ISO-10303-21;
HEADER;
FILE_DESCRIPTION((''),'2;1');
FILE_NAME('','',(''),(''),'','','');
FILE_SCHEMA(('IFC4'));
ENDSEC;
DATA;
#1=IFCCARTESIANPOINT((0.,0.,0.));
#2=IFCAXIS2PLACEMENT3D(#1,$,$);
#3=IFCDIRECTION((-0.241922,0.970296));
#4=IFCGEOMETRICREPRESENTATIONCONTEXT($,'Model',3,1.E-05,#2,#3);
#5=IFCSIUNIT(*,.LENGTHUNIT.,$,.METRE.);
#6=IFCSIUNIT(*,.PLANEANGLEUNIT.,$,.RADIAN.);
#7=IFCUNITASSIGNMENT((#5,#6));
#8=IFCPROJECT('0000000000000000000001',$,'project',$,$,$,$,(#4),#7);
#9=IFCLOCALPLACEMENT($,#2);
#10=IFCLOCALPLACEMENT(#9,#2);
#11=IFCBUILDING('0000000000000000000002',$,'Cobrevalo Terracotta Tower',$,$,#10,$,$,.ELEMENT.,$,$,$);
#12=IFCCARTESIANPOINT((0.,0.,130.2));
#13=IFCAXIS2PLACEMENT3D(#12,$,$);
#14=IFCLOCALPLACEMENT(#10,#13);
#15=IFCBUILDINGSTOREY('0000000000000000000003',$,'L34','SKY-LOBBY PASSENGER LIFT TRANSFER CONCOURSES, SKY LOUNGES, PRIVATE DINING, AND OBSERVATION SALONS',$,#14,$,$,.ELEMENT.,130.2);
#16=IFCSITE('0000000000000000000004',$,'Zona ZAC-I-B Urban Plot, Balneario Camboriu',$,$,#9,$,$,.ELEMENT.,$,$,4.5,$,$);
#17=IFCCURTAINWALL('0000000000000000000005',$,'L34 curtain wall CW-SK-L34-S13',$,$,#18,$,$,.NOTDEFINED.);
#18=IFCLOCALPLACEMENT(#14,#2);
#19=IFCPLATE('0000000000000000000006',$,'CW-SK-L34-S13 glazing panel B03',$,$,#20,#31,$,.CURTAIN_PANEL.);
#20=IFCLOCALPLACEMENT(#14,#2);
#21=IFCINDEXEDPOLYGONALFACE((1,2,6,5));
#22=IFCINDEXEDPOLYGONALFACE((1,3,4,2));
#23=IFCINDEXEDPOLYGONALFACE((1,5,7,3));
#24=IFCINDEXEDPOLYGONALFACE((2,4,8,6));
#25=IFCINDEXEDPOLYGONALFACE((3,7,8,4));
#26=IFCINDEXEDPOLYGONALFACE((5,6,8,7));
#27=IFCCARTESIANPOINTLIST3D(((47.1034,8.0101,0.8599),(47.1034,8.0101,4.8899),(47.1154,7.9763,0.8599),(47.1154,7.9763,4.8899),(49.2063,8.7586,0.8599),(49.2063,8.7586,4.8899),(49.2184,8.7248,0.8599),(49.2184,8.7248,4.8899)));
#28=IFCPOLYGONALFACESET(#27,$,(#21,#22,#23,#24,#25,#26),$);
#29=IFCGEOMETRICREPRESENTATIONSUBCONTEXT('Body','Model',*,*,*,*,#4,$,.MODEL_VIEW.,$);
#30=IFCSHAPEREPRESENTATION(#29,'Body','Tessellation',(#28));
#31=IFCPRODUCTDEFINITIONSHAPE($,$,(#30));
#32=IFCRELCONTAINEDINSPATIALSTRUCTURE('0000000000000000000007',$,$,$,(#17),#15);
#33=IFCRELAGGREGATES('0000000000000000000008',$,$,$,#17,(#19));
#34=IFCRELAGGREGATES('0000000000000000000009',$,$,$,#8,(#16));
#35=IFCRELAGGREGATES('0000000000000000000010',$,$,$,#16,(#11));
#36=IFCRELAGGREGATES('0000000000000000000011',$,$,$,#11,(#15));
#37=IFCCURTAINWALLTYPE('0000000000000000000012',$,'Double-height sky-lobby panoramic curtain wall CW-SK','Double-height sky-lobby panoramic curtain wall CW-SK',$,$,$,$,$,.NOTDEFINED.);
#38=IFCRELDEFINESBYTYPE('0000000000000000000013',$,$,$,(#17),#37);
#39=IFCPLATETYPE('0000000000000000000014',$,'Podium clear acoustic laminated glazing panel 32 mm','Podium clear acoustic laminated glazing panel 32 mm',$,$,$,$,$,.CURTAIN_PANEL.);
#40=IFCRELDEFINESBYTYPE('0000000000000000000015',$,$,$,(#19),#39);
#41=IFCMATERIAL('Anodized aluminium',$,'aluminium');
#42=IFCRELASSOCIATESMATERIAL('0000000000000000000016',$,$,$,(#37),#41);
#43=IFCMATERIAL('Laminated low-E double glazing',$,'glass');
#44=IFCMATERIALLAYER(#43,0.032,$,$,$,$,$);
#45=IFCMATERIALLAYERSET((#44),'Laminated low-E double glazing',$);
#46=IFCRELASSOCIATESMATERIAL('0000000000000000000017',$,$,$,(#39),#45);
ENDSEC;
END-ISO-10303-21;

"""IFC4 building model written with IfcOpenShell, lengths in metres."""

from ifc_helpers import new_model, si_unit, direction, frame, origin, origin_2d, place, context, subcontext, project, spatial, rectangle, extrude, source, transform, mapped, material, layer, layer_set, type_object, element, aggregate, save


model = new_model("IFC4")

# Units and contexts
model_context = context("Model", 3, precision=1e-05, world=origin(), true_north=direction((-0.241922, 0.970296)))
body_context = subcontext(model_context, "Body", "Model", "MODEL_VIEW")
ifc_project = project(units=[si_unit("LENGTHUNIT", "METRE"), si_unit("PLANEANGLEUNIT", "RADIAN")], contexts=[model_context])

# Site, building, storey
site_placement = place(None, origin())
site = spatial("IfcSite", under=ifc_project, at=site_placement, Name="Zona ZAC-I-B Urban Plot, Balneario Camboriu", CompositionType="ELEMENT", RefElevation=4.5)
building_placement = place(site_placement, origin())
building = spatial("IfcBuilding", under=site, at=building_placement, Name="Cobrevalo Terracotta Tower", CompositionType="ELEMENT")
storey_placement = place(building_placement, frame((0.0, 0.0, 130.2)))
storey = spatial("IfcBuildingStorey", under=building, at=storey_placement, Name="L34", Description="SKY-LOBBY PASSENGER LIFT TRANSFER CONCOURSES, SKY LOUNGES, PRIVATE DINING, AND OBSERVATION SALONS", CompositionType="ELEMENT", Elevation=130.2)

# Curtain wall, plate
ifc_material_1 = material(Name="Anodized aluminium", Category="aluminium")
curtain_wall_type = type_object("IfcCurtainWallType", Name="Double-height sky-lobby panoramic curtain wall CW-SK", Description="Double-height sky-lobby panoramic curtain wall CW-SK", PredefinedType="NOTDEFINED", material=ifc_material_1)
curtain_wall_placement = place(storey_placement, origin())
curtain_wall = element("IfcCurtainWall", 1, at=curtain_wall_placement, inside=storey, type_object=curtain_wall_type, Name="L34 curtain wall CW-SK-L34-S13", PredefinedType="NOTDEFINED")
ifc_material_2 = material(Name="Laminated low-E double glazing", Category="glass")
ifc_layer_1 = layer(ifc_material_2, 0.032)
ifc_layer_set_1 = layer_set([ifc_layer_1], Name="Laminated low-E double glazing")
plate_type_1 = type_object("IfcPlateType", Name="Podium clear acoustic laminated glazing panel 32 mm", Description="Podium clear acoustic laminated glazing panel 32 mm", PredefinedType="CURTAIN_PANEL", material=ifc_layer_set_1)
shared_shape_1 = source(origin(), body_context, "Body", "SweptSolid", [
    extrude(rectangle(XDim=2.2322, YDim=0.0359, at=origin_2d()), origin(), (0.0, 0.0, 1.0), 4.03),
])
plate_1_placement = place(storey_placement, frame((48.1609, 8.3674, 0.8599), z_axis=(0.0, 0.0, 1.0), x_axis=(0.942098, 0.335336, 0.0)))
plate_1 = element("IfcPlate", 2, at=plate_1_placement, type_object=plate_type_1, Name="CW-SK-L34-S13 glazing panel B03", PredefinedType="CURTAIN_PANEL", context=body_context, shape_type="MappedRepresentation", body=[
    mapped(shared_shape_1, transform((0.0, 0.0, 0.0), scale=1.0)),
])
aggregate(curtain_wall, [plate_1])

save(model, "model.ifc")
